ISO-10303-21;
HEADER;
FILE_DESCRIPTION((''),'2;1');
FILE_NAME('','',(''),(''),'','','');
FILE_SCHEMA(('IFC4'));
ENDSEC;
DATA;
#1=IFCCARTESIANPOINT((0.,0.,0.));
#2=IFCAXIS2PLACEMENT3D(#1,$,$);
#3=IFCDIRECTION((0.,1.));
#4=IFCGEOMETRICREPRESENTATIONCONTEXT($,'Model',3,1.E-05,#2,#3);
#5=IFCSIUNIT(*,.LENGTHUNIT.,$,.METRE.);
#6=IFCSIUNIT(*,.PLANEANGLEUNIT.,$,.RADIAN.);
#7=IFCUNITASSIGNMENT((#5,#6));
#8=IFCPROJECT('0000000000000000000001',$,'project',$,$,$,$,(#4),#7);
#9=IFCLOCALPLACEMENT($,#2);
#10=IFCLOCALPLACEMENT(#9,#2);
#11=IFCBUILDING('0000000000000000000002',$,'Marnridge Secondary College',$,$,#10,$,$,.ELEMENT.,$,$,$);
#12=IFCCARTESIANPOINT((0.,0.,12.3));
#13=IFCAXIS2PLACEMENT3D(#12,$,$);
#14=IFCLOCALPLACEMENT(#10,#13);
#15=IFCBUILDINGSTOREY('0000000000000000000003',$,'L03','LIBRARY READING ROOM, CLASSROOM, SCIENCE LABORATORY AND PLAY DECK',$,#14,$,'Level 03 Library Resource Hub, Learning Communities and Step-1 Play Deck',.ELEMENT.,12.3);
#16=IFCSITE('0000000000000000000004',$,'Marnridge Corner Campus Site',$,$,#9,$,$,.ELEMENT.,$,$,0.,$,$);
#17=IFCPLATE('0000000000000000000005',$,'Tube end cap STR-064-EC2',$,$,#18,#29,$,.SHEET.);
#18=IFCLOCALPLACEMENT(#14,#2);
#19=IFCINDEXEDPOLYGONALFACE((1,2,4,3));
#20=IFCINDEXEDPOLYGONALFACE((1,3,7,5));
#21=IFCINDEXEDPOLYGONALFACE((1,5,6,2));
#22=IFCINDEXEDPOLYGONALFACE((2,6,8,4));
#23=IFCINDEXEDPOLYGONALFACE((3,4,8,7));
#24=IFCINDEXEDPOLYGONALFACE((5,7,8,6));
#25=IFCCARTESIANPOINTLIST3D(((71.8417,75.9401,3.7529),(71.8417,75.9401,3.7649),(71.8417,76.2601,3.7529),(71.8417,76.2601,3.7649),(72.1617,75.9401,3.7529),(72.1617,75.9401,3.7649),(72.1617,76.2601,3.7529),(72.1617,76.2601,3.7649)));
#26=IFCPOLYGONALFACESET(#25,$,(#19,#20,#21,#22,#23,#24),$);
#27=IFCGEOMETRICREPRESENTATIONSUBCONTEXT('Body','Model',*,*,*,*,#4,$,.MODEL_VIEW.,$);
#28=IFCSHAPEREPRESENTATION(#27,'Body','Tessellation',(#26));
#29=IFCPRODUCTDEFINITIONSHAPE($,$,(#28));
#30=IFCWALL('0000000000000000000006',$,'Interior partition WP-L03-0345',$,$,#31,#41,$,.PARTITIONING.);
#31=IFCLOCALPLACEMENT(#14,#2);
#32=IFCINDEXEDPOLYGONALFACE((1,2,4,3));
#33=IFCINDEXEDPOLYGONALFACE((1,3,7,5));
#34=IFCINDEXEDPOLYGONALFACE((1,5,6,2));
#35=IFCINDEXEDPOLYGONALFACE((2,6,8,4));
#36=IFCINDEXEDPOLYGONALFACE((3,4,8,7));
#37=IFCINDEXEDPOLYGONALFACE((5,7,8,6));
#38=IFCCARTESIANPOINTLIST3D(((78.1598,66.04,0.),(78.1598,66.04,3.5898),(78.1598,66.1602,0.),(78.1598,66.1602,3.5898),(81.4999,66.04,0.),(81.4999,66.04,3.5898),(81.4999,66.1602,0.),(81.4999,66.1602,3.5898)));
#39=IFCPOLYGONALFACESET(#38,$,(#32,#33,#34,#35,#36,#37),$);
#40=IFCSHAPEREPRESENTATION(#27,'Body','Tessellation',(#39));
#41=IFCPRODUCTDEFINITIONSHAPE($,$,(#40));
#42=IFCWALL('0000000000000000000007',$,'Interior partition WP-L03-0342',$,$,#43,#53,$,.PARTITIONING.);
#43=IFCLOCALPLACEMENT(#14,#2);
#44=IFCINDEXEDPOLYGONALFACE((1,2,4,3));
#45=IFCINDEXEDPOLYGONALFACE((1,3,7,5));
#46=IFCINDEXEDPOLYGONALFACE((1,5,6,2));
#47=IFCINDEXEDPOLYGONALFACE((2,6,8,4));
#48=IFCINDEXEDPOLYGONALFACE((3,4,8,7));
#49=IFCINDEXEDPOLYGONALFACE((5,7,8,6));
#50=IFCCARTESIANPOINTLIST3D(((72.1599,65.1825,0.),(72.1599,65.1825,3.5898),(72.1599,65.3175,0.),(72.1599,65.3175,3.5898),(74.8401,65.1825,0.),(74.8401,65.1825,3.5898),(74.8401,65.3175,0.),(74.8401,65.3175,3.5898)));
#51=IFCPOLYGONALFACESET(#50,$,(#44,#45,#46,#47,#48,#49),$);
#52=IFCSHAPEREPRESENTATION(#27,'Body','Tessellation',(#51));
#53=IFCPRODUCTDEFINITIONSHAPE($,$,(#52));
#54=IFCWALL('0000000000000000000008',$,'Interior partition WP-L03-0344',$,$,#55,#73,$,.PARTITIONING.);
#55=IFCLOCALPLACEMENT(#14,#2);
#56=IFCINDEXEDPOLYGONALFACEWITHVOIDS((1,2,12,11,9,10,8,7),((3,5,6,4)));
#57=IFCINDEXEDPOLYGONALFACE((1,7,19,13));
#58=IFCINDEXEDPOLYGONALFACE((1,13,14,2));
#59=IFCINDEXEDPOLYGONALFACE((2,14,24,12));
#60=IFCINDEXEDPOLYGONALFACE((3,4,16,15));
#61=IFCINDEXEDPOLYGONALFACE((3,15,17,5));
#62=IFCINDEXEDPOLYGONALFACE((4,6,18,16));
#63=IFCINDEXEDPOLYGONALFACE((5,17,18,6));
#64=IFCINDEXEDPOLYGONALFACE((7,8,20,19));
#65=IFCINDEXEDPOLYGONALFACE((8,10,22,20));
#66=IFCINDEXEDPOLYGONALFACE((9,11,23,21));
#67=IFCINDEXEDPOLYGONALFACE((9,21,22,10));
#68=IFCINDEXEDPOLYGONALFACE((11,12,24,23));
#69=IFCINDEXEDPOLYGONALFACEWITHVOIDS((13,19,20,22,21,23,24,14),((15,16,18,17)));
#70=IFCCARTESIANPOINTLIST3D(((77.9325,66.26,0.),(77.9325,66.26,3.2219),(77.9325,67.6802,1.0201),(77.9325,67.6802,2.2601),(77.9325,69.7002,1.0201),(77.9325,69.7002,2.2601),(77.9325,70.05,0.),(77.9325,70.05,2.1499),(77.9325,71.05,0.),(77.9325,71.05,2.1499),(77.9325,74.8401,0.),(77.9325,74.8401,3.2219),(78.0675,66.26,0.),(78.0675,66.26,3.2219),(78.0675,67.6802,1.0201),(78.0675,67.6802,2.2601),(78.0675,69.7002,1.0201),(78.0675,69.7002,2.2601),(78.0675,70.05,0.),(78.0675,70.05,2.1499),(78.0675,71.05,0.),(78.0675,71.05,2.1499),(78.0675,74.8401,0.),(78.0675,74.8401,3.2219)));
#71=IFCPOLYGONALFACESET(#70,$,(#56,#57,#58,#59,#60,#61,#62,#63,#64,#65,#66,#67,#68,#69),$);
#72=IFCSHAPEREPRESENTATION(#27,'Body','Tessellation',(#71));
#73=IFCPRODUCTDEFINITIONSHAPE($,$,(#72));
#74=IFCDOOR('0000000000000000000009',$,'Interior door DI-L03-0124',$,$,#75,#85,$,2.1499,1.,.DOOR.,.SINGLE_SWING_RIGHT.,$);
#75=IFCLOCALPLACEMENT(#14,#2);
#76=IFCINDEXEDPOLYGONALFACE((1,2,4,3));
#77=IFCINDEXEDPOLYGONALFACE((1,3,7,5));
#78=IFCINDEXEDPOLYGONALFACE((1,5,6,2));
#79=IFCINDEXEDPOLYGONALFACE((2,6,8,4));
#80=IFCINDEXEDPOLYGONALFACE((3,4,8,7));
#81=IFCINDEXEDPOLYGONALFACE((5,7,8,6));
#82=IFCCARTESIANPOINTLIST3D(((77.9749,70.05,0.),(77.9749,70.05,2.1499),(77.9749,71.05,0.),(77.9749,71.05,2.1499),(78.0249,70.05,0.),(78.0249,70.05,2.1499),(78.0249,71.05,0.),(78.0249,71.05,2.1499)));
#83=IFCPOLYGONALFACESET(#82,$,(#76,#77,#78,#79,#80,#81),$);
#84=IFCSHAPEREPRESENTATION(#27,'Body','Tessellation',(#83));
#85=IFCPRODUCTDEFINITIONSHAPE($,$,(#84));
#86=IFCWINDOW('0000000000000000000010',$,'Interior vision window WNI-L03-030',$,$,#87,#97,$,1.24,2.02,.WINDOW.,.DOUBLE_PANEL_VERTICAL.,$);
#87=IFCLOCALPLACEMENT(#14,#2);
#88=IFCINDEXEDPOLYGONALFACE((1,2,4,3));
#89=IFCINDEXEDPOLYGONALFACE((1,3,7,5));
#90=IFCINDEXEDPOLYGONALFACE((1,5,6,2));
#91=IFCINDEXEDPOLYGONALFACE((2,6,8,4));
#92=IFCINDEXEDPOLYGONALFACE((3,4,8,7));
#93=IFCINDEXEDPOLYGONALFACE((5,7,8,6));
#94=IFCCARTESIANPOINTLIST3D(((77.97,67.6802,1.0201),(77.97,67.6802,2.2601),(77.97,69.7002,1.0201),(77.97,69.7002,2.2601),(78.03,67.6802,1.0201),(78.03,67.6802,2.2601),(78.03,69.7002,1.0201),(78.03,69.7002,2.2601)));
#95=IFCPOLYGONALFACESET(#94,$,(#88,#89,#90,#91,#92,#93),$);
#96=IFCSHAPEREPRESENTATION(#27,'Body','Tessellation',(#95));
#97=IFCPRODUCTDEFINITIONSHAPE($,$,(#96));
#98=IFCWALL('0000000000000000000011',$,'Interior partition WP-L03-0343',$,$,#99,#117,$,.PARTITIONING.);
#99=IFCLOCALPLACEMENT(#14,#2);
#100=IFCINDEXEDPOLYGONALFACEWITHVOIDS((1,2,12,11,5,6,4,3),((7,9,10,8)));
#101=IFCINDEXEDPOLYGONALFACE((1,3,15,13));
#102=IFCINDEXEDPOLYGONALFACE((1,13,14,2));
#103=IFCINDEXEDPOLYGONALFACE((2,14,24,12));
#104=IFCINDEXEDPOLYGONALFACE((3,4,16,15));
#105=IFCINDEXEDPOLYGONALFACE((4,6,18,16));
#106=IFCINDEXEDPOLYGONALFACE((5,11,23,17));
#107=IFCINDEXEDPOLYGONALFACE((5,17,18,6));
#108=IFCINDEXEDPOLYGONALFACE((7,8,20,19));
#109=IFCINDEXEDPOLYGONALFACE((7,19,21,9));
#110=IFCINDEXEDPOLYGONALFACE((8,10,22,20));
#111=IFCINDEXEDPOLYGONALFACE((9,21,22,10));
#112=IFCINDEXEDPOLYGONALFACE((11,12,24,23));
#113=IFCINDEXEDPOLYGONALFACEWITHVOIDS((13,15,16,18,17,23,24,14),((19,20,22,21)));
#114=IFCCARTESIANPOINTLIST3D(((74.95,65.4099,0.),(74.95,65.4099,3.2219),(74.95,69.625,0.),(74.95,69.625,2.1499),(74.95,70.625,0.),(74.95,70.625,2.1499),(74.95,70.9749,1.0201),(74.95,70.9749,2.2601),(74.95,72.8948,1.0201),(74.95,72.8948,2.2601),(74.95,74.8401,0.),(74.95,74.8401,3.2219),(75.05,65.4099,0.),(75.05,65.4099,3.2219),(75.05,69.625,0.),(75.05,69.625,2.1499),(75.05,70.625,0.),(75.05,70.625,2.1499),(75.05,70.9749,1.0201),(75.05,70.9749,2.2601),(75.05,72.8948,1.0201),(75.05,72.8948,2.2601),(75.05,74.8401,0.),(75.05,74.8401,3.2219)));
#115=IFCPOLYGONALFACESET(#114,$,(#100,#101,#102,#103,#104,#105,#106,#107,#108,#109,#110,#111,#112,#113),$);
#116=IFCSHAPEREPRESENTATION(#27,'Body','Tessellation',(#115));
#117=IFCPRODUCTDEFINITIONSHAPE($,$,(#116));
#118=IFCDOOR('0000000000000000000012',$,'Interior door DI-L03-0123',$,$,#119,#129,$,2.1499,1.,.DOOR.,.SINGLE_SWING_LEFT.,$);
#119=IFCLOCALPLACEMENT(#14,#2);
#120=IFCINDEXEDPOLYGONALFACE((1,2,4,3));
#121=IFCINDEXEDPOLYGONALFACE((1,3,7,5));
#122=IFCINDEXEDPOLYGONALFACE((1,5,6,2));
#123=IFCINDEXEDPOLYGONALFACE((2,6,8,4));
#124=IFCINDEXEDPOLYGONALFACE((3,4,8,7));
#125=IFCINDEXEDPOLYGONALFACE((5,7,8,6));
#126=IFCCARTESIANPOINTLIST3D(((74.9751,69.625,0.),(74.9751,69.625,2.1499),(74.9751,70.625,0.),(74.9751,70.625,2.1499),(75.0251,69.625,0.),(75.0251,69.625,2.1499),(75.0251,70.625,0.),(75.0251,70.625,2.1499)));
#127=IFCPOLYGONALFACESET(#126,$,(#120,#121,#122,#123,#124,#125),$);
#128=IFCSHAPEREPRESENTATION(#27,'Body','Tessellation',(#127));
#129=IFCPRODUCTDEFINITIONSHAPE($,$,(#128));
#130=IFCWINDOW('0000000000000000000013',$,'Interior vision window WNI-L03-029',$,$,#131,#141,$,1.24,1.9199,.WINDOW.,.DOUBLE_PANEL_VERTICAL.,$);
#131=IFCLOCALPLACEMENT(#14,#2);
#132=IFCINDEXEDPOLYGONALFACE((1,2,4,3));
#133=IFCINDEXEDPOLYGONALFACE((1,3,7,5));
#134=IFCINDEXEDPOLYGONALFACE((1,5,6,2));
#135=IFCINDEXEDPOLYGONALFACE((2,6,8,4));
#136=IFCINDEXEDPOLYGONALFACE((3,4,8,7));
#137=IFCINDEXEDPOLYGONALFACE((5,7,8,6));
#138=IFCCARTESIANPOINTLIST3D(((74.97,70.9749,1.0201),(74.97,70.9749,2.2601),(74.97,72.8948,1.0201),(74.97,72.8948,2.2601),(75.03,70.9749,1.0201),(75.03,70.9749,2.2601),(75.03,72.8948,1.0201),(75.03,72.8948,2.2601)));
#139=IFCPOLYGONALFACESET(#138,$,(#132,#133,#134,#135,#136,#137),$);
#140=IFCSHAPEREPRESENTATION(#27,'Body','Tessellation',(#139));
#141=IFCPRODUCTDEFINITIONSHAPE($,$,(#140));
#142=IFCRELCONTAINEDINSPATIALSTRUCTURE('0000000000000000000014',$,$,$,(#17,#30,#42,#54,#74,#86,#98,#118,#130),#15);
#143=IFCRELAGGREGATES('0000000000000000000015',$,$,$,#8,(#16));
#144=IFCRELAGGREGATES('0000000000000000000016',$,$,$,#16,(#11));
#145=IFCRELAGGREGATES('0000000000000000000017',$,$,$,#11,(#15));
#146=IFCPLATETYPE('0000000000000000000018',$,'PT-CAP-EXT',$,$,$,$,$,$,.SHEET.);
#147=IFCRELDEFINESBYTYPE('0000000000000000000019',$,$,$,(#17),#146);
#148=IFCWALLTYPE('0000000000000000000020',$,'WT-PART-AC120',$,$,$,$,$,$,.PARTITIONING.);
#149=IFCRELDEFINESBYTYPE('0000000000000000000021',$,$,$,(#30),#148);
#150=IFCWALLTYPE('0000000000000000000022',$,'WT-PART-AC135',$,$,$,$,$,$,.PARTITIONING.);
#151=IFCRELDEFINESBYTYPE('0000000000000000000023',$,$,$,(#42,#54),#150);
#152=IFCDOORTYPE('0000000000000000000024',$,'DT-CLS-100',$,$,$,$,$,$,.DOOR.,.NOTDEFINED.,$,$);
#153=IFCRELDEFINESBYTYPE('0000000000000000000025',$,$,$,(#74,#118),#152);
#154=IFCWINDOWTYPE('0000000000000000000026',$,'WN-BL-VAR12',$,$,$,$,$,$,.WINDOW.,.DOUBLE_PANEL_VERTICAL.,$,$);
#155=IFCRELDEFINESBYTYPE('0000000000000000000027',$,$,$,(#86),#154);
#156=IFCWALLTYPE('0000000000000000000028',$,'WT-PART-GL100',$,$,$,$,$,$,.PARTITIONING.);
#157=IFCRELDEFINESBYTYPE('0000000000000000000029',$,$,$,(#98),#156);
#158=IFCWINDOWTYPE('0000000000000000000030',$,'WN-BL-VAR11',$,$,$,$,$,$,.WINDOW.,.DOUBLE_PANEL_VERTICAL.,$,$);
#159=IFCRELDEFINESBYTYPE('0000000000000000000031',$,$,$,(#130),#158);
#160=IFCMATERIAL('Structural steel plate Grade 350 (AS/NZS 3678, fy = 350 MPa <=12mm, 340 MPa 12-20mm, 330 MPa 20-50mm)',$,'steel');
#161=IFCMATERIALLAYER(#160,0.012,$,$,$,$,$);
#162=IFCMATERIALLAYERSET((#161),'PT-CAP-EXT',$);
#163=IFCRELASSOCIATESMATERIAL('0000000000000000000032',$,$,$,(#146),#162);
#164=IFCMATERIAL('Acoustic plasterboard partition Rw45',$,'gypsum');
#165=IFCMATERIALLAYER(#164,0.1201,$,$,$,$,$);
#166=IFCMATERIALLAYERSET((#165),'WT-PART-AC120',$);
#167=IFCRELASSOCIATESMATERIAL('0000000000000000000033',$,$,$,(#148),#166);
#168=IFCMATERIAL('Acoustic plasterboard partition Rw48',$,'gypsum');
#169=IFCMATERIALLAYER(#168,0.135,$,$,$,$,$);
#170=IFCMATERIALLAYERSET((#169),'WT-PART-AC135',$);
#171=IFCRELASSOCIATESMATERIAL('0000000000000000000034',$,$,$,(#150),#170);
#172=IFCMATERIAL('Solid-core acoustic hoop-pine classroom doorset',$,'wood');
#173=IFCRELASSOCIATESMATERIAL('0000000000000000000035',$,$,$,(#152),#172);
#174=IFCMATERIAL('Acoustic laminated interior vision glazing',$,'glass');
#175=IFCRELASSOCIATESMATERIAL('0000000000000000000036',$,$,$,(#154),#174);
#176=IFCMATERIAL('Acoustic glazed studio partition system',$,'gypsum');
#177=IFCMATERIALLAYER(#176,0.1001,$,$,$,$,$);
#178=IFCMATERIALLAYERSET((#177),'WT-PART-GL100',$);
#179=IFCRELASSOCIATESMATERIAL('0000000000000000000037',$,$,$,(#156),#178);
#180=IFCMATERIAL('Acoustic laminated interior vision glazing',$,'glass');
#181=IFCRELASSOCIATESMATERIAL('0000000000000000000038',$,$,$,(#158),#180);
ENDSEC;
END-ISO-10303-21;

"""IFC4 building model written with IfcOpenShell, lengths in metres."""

from ifc_helpers import new_model, si_unit, direction, frame, frame_2d, origin, origin_2d, place, context, subcontext, project, spatial, rectangle, extrude, material, layer, layer_set, type_object, element, fill, save


model = new_model("IFC4")

# Units and contexts
model_context = context("Model", 3, precision=1e-05, world=origin(), true_north=direction((0.0, 1.0)))
body_context = subcontext(model_context, "Body", "Model", "MODEL_VIEW")
ifc_project = project(units=[si_unit("LENGTHUNIT", "METRE"), si_unit("PLANEANGLEUNIT", "RADIAN")], contexts=[model_context])

# Site, building, storey
site_placement = place(None, origin())
site = spatial("IfcSite", under=ifc_project, at=site_placement, Name="Marnridge Corner Campus Site", CompositionType="ELEMENT", RefElevation=0.0)
building_placement = place(site_placement, origin())
building = spatial("IfcBuilding", under=site, at=building_placement, Name="Marnridge Secondary College", CompositionType="ELEMENT")
storey_placement = place(building_placement, frame((0.0, 0.0, 12.3)))
storey = spatial("IfcBuildingStorey", under=building, at=storey_placement, Name="L03", Description="LIBRARY READING ROOM, CLASSROOM, SCIENCE LABORATORY AND PLAY DECK", LongName="Level 03 Library Resource Hub, Learning Communities and Step-1 Play Deck", CompositionType="ELEMENT", Elevation=12.3)

# Plate
ifc_material_1 = material(Name="Structural steel plate Grade 350 (AS/NZS 3678, fy = 350 MPa <=12mm, 340 MPa 12-20mm, 330 MPa 20-50mm)", Category="steel")
ifc_layer_1 = layer(ifc_material_1, 0.012)
ifc_layer_set_1 = layer_set([ifc_layer_1], Name="PT-CAP-EXT")
plate_type = type_object("IfcPlateType", Name="PT-CAP-EXT", PredefinedType="SHEET", material=ifc_layer_set_1)
for number, where, z_axis, x_axis, name in (
    (1, (72.0017, 76.1001, 3.7529), (0.0, 0.0, 1.0), (-1.0, 0.0, 0.0), "Tube end cap STR-064-EC2"),
):
    element("IfcPlate", number, at=place(storey_placement, frame(where, z_axis=z_axis, x_axis=x_axis)), inside=storey, type_object=plate_type, Name=name, PredefinedType="SHEET", context=body_context, shape_type="SweptSolid", body=[
        extrude(rectangle(XDim=0.3201, YDim=0.3201, at=origin_2d()), origin(), (0.0, 0.0, 1.0), 0.012),
    ])

# Walls
ifc_material_2 = material(Name="Acoustic plasterboard partition Rw45", Category="gypsum")
ifc_layer_2 = layer(ifc_material_2, 0.1201)
ifc_layer_set_2 = layer_set([ifc_layer_2], Name="WT-PART-AC120")
wall_type_1 = type_object("IfcWallType", Name="WT-PART-AC120", PredefinedType="PARTITIONING", material=ifc_layer_set_2)
wall_1_placement = place(storey_placement, frame((78.1599, 66.1001, 0.0), z_axis=(0.0, 0.0, 1.0), x_axis=(1.0, 0.0, 0.0)))
element("IfcWall", 2, at=wall_1_placement, inside=storey, type_object=wall_type_1, Name="Interior partition WP-L03-0345", PredefinedType="PARTITIONING", context=body_context, shape_type="SweptSolid", body=[
    extrude(rectangle(XDim=3.3401, YDim=0.1201, at=frame_2d((1.6699, 0.0))), origin(), (0.0, 0.0, 1.0), 3.5898),
])
ifc_material_3 = material(Name="Acoustic plasterboard partition Rw48", Category="gypsum")
ifc_layer_3 = layer(ifc_material_3, 0.135)
ifc_layer_set_3 = layer_set([ifc_layer_3], Name="WT-PART-AC135")
wall_type_2 = type_object("IfcWallType", Name="WT-PART-AC135", PredefinedType="PARTITIONING", material=ifc_layer_set_3)
wall_2_placement = place(storey_placement, frame((72.1599, 65.25, 0.0), z_axis=(0.0, 0.0, 1.0), x_axis=(1.0, 0.0, 0.0)))
element("IfcWall", 3, at=wall_2_placement, inside=storey, type_object=wall_type_2, Name="Interior partition WP-L03-0342", PredefinedType="PARTITIONING", context=body_context, shape_type="SweptSolid", body=[
    extrude(rectangle(XDim=2.6802, YDim=0.135, at=frame_2d((1.3401, 0.0))), origin(), (0.0, 0.0, 1.0), 3.5898),
])

# Walls, openings, doors, windows
wall_3_placement = place(storey_placement, frame((78.0, 74.8401, 0.0), z_axis=(0.0, 0.0, 1.0), x_axis=(0.0, -1.0, 0.0)))
wall_3 = element("IfcWall", 4, at=wall_3_placement, inside=storey, type_object=wall_type_2, Name="Interior partition WP-L03-0344", PredefinedType="PARTITIONING", context=body_context, shape_type="SweptSolid", body=[
    extrude(rectangle(XDim=8.5801, YDim=0.135, at=frame_2d((4.29, 0.0))), origin(), (0.0, 0.0, 1.0), 3.2219),
])
opening_1_placement = place(wall_3_placement, frame((3.79, 0.0, 0.0)))
opening_1 = element("IfcOpeningElement", 5, at=opening_1_placement, cuts=wall_3, PredefinedType="OPENING", context=body_context, shape_type="SweptSolid", body=[
    extrude(rectangle(XDim=1.0, YDim=2.1499, at=frame_2d((0.5, 1.075))), frame((0.0, 0.0774, 0.0), z_axis=(0.0, -1.0, 0.0), x_axis=(1.0, 0.0, 0.0)), (0.0, 0.0, 1.0), 0.155),
])
opening_2_placement = place(wall_3_placement, frame((5.1399, 0.0, 1.02)))
opening_2 = element("IfcOpeningElement", 6, at=opening_2_placement, cuts=wall_3, PredefinedType="OPENING", context=body_context, shape_type="SweptSolid", body=[
    extrude(rectangle(XDim=2.02, YDim=1.24, at=frame_2d((1.01, 0.6201))), frame((0.0, 0.0774, 0.0), z_axis=(0.0, -1.0, 0.0), x_axis=(1.0, 0.0, 0.0)), (0.0, 0.0, 1.0), 0.155),
])
ifc_material_4 = material(Name="Solid-core acoustic hoop-pine classroom doorset", Category="wood")
door_type_1 = type_object("IfcDoorType", Name="DT-CLS-100", OperationType="NOTDEFINED", PredefinedType="DOOR", material=ifc_material_4)
door_1_placement = place(opening_1_placement, origin())
door_1 = element("IfcDoor", 7, at=door_1_placement, inside=storey, type_object=door_type_1, Name="Interior door DI-L03-0124", OperationType="SINGLE_SWING_RIGHT", OverallHeight=2.1499, OverallWidth=1.0, PredefinedType="DOOR", context=body_context, shape_type="SweptSolid", body=[
    extrude(rectangle(XDim=1.0, YDim=2.1499, at=frame_2d((0.5, 1.075))), frame((0.0, 0.0249, 0.0), z_axis=(0.0, -1.0, 0.0), x_axis=(1.0, 0.0, 0.0)), (0.0, 0.0, 1.0), 0.05),
])
fill(opening_1, door_1)
ifc_material_5 = material(Name="Acoustic laminated interior vision glazing", Category="glass")
window_type_1 = type_object("IfcWindowType", Name="WN-BL-VAR12", PartitioningType="DOUBLE_PANEL_VERTICAL", PredefinedType="WINDOW", material=ifc_material_5)
window_1_placement = place(opening_2_placement, origin())
window_1 = element("IfcWindow", 8, at=window_1_placement, inside=storey, type_object=window_type_1, Name="Interior vision window WNI-L03-030", OverallHeight=1.24, OverallWidth=2.02, PartitioningType="DOUBLE_PANEL_VERTICAL", PredefinedType="WINDOW", context=body_context, shape_type="SweptSolid", body=[
    extrude(rectangle(XDim=2.02, YDim=1.24, at=frame_2d((1.01, 0.6201))), frame((0.0, 0.03, 0.0), z_axis=(0.0, -1.0, 0.0), x_axis=(1.0, 0.0, 0.0)), (0.0, 0.0, 1.0), 0.0601),
])
fill(opening_2, window_1)
ifc_material_6 = material(Name="Acoustic glazed studio partition system", Category="gypsum")
ifc_layer_4 = layer(ifc_material_6, 0.1001)
ifc_layer_set_4 = layer_set([ifc_layer_4], Name="WT-PART-GL100")
wall_type_3 = type_object("IfcWallType", Name="WT-PART-GL100", PredefinedType="PARTITIONING", material=ifc_layer_set_4)
wall_4_placement = place(storey_placement, frame((75.0, 65.4099, 0.0), z_axis=(0.0, 0.0, 1.0), x_axis=(0.0, 1.0, 0.0)))
wall_4 = element("IfcWall", 9, at=wall_4_placement, inside=storey, type_object=wall_type_3, Name="Interior partition WP-L03-0343", PredefinedType="PARTITIONING", context=body_context, shape_type="SweptSolid", body=[
    extrude(rectangle(XDim=9.4302, YDim=0.1001, at=frame_2d((4.7151, 0.0))), origin(), (0.0, 0.0, 1.0), 3.2219),
])
opening_3_placement = place(wall_4_placement, frame((4.2151, 0.0, 0.0)))
opening_3 = element("IfcOpeningElement", 10, at=opening_3_placement, cuts=wall_4, PredefinedType="OPENING", context=body_context, shape_type="SweptSolid", body=[
    extrude(rectangle(XDim=1.0, YDim=2.1499, at=frame_2d((0.5, 1.075))), frame((0.0, 0.0601, 0.0), z_axis=(0.0, -1.0, 0.0), x_axis=(1.0, 0.0, 0.0)), (0.0, 0.0, 1.0), 0.1201),
])
opening_4_placement = place(wall_4_placement, frame((5.5649, 0.0, 1.02)))
opening_4 = element("IfcOpeningElement", 11, at=opening_4_placement, cuts=wall_4, PredefinedType="OPENING", context=body_context, shape_type="SweptSolid", body=[
    extrude(rectangle(XDim=1.9199, YDim=1.24, at=frame_2d((0.96, 0.6201))), frame((0.0, 0.0601, 0.0), z_axis=(0.0, -1.0, 0.0), x_axis=(1.0, 0.0, 0.0)), (0.0, 0.0, 1.0), 0.1201),
])
door_2_placement = place(opening_3_placement, origin())
door_2 = element("IfcDoor", 12, at=door_2_placement, inside=storey, type_object=door_type_1, Name="Interior door DI-L03-0123", OperationType="SINGLE_SWING_LEFT", OverallHeight=2.1499, OverallWidth=1.0, PredefinedType="DOOR", context=body_context, shape_type="SweptSolid", body=[
    extrude(rectangle(XDim=1.0, YDim=2.1499, at=frame_2d((0.5, 1.075))), frame((0.0, 0.0249, 0.0), z_axis=(0.0, -1.0, 0.0), x_axis=(1.0, 0.0, 0.0)), (0.0, 0.0, 1.0), 0.05),
])
fill(opening_3, door_2)
ifc_material_7 = material(Name="Acoustic laminated interior vision glazing", Category="glass")
window_type_2 = type_object("IfcWindowType", Name="WN-BL-VAR11", PartitioningType="DOUBLE_PANEL_VERTICAL", PredefinedType="WINDOW", material=ifc_material_7)
window_2_placement = place(opening_4_placement, origin())
window_2 = element("IfcWindow", 13, at=window_2_placement, inside=storey, type_object=window_type_2, Name="Interior vision window WNI-L03-029", OverallHeight=1.24, OverallWidth=1.9199, PartitioningType="DOUBLE_PANEL_VERTICAL", PredefinedType="WINDOW", context=body_context, shape_type="SweptSolid", body=[
    extrude(rectangle(XDim=1.9199, YDim=1.24, at=frame_2d((0.96, 0.6201))), frame((0.0, 0.03, 0.0), z_axis=(0.0, -1.0, 0.0), x_axis=(1.0, 0.0, 0.0)), (0.0, 0.0, 1.0), 0.0601),
])
fill(opening_4, window_2)

save(model, "model.ifc")
